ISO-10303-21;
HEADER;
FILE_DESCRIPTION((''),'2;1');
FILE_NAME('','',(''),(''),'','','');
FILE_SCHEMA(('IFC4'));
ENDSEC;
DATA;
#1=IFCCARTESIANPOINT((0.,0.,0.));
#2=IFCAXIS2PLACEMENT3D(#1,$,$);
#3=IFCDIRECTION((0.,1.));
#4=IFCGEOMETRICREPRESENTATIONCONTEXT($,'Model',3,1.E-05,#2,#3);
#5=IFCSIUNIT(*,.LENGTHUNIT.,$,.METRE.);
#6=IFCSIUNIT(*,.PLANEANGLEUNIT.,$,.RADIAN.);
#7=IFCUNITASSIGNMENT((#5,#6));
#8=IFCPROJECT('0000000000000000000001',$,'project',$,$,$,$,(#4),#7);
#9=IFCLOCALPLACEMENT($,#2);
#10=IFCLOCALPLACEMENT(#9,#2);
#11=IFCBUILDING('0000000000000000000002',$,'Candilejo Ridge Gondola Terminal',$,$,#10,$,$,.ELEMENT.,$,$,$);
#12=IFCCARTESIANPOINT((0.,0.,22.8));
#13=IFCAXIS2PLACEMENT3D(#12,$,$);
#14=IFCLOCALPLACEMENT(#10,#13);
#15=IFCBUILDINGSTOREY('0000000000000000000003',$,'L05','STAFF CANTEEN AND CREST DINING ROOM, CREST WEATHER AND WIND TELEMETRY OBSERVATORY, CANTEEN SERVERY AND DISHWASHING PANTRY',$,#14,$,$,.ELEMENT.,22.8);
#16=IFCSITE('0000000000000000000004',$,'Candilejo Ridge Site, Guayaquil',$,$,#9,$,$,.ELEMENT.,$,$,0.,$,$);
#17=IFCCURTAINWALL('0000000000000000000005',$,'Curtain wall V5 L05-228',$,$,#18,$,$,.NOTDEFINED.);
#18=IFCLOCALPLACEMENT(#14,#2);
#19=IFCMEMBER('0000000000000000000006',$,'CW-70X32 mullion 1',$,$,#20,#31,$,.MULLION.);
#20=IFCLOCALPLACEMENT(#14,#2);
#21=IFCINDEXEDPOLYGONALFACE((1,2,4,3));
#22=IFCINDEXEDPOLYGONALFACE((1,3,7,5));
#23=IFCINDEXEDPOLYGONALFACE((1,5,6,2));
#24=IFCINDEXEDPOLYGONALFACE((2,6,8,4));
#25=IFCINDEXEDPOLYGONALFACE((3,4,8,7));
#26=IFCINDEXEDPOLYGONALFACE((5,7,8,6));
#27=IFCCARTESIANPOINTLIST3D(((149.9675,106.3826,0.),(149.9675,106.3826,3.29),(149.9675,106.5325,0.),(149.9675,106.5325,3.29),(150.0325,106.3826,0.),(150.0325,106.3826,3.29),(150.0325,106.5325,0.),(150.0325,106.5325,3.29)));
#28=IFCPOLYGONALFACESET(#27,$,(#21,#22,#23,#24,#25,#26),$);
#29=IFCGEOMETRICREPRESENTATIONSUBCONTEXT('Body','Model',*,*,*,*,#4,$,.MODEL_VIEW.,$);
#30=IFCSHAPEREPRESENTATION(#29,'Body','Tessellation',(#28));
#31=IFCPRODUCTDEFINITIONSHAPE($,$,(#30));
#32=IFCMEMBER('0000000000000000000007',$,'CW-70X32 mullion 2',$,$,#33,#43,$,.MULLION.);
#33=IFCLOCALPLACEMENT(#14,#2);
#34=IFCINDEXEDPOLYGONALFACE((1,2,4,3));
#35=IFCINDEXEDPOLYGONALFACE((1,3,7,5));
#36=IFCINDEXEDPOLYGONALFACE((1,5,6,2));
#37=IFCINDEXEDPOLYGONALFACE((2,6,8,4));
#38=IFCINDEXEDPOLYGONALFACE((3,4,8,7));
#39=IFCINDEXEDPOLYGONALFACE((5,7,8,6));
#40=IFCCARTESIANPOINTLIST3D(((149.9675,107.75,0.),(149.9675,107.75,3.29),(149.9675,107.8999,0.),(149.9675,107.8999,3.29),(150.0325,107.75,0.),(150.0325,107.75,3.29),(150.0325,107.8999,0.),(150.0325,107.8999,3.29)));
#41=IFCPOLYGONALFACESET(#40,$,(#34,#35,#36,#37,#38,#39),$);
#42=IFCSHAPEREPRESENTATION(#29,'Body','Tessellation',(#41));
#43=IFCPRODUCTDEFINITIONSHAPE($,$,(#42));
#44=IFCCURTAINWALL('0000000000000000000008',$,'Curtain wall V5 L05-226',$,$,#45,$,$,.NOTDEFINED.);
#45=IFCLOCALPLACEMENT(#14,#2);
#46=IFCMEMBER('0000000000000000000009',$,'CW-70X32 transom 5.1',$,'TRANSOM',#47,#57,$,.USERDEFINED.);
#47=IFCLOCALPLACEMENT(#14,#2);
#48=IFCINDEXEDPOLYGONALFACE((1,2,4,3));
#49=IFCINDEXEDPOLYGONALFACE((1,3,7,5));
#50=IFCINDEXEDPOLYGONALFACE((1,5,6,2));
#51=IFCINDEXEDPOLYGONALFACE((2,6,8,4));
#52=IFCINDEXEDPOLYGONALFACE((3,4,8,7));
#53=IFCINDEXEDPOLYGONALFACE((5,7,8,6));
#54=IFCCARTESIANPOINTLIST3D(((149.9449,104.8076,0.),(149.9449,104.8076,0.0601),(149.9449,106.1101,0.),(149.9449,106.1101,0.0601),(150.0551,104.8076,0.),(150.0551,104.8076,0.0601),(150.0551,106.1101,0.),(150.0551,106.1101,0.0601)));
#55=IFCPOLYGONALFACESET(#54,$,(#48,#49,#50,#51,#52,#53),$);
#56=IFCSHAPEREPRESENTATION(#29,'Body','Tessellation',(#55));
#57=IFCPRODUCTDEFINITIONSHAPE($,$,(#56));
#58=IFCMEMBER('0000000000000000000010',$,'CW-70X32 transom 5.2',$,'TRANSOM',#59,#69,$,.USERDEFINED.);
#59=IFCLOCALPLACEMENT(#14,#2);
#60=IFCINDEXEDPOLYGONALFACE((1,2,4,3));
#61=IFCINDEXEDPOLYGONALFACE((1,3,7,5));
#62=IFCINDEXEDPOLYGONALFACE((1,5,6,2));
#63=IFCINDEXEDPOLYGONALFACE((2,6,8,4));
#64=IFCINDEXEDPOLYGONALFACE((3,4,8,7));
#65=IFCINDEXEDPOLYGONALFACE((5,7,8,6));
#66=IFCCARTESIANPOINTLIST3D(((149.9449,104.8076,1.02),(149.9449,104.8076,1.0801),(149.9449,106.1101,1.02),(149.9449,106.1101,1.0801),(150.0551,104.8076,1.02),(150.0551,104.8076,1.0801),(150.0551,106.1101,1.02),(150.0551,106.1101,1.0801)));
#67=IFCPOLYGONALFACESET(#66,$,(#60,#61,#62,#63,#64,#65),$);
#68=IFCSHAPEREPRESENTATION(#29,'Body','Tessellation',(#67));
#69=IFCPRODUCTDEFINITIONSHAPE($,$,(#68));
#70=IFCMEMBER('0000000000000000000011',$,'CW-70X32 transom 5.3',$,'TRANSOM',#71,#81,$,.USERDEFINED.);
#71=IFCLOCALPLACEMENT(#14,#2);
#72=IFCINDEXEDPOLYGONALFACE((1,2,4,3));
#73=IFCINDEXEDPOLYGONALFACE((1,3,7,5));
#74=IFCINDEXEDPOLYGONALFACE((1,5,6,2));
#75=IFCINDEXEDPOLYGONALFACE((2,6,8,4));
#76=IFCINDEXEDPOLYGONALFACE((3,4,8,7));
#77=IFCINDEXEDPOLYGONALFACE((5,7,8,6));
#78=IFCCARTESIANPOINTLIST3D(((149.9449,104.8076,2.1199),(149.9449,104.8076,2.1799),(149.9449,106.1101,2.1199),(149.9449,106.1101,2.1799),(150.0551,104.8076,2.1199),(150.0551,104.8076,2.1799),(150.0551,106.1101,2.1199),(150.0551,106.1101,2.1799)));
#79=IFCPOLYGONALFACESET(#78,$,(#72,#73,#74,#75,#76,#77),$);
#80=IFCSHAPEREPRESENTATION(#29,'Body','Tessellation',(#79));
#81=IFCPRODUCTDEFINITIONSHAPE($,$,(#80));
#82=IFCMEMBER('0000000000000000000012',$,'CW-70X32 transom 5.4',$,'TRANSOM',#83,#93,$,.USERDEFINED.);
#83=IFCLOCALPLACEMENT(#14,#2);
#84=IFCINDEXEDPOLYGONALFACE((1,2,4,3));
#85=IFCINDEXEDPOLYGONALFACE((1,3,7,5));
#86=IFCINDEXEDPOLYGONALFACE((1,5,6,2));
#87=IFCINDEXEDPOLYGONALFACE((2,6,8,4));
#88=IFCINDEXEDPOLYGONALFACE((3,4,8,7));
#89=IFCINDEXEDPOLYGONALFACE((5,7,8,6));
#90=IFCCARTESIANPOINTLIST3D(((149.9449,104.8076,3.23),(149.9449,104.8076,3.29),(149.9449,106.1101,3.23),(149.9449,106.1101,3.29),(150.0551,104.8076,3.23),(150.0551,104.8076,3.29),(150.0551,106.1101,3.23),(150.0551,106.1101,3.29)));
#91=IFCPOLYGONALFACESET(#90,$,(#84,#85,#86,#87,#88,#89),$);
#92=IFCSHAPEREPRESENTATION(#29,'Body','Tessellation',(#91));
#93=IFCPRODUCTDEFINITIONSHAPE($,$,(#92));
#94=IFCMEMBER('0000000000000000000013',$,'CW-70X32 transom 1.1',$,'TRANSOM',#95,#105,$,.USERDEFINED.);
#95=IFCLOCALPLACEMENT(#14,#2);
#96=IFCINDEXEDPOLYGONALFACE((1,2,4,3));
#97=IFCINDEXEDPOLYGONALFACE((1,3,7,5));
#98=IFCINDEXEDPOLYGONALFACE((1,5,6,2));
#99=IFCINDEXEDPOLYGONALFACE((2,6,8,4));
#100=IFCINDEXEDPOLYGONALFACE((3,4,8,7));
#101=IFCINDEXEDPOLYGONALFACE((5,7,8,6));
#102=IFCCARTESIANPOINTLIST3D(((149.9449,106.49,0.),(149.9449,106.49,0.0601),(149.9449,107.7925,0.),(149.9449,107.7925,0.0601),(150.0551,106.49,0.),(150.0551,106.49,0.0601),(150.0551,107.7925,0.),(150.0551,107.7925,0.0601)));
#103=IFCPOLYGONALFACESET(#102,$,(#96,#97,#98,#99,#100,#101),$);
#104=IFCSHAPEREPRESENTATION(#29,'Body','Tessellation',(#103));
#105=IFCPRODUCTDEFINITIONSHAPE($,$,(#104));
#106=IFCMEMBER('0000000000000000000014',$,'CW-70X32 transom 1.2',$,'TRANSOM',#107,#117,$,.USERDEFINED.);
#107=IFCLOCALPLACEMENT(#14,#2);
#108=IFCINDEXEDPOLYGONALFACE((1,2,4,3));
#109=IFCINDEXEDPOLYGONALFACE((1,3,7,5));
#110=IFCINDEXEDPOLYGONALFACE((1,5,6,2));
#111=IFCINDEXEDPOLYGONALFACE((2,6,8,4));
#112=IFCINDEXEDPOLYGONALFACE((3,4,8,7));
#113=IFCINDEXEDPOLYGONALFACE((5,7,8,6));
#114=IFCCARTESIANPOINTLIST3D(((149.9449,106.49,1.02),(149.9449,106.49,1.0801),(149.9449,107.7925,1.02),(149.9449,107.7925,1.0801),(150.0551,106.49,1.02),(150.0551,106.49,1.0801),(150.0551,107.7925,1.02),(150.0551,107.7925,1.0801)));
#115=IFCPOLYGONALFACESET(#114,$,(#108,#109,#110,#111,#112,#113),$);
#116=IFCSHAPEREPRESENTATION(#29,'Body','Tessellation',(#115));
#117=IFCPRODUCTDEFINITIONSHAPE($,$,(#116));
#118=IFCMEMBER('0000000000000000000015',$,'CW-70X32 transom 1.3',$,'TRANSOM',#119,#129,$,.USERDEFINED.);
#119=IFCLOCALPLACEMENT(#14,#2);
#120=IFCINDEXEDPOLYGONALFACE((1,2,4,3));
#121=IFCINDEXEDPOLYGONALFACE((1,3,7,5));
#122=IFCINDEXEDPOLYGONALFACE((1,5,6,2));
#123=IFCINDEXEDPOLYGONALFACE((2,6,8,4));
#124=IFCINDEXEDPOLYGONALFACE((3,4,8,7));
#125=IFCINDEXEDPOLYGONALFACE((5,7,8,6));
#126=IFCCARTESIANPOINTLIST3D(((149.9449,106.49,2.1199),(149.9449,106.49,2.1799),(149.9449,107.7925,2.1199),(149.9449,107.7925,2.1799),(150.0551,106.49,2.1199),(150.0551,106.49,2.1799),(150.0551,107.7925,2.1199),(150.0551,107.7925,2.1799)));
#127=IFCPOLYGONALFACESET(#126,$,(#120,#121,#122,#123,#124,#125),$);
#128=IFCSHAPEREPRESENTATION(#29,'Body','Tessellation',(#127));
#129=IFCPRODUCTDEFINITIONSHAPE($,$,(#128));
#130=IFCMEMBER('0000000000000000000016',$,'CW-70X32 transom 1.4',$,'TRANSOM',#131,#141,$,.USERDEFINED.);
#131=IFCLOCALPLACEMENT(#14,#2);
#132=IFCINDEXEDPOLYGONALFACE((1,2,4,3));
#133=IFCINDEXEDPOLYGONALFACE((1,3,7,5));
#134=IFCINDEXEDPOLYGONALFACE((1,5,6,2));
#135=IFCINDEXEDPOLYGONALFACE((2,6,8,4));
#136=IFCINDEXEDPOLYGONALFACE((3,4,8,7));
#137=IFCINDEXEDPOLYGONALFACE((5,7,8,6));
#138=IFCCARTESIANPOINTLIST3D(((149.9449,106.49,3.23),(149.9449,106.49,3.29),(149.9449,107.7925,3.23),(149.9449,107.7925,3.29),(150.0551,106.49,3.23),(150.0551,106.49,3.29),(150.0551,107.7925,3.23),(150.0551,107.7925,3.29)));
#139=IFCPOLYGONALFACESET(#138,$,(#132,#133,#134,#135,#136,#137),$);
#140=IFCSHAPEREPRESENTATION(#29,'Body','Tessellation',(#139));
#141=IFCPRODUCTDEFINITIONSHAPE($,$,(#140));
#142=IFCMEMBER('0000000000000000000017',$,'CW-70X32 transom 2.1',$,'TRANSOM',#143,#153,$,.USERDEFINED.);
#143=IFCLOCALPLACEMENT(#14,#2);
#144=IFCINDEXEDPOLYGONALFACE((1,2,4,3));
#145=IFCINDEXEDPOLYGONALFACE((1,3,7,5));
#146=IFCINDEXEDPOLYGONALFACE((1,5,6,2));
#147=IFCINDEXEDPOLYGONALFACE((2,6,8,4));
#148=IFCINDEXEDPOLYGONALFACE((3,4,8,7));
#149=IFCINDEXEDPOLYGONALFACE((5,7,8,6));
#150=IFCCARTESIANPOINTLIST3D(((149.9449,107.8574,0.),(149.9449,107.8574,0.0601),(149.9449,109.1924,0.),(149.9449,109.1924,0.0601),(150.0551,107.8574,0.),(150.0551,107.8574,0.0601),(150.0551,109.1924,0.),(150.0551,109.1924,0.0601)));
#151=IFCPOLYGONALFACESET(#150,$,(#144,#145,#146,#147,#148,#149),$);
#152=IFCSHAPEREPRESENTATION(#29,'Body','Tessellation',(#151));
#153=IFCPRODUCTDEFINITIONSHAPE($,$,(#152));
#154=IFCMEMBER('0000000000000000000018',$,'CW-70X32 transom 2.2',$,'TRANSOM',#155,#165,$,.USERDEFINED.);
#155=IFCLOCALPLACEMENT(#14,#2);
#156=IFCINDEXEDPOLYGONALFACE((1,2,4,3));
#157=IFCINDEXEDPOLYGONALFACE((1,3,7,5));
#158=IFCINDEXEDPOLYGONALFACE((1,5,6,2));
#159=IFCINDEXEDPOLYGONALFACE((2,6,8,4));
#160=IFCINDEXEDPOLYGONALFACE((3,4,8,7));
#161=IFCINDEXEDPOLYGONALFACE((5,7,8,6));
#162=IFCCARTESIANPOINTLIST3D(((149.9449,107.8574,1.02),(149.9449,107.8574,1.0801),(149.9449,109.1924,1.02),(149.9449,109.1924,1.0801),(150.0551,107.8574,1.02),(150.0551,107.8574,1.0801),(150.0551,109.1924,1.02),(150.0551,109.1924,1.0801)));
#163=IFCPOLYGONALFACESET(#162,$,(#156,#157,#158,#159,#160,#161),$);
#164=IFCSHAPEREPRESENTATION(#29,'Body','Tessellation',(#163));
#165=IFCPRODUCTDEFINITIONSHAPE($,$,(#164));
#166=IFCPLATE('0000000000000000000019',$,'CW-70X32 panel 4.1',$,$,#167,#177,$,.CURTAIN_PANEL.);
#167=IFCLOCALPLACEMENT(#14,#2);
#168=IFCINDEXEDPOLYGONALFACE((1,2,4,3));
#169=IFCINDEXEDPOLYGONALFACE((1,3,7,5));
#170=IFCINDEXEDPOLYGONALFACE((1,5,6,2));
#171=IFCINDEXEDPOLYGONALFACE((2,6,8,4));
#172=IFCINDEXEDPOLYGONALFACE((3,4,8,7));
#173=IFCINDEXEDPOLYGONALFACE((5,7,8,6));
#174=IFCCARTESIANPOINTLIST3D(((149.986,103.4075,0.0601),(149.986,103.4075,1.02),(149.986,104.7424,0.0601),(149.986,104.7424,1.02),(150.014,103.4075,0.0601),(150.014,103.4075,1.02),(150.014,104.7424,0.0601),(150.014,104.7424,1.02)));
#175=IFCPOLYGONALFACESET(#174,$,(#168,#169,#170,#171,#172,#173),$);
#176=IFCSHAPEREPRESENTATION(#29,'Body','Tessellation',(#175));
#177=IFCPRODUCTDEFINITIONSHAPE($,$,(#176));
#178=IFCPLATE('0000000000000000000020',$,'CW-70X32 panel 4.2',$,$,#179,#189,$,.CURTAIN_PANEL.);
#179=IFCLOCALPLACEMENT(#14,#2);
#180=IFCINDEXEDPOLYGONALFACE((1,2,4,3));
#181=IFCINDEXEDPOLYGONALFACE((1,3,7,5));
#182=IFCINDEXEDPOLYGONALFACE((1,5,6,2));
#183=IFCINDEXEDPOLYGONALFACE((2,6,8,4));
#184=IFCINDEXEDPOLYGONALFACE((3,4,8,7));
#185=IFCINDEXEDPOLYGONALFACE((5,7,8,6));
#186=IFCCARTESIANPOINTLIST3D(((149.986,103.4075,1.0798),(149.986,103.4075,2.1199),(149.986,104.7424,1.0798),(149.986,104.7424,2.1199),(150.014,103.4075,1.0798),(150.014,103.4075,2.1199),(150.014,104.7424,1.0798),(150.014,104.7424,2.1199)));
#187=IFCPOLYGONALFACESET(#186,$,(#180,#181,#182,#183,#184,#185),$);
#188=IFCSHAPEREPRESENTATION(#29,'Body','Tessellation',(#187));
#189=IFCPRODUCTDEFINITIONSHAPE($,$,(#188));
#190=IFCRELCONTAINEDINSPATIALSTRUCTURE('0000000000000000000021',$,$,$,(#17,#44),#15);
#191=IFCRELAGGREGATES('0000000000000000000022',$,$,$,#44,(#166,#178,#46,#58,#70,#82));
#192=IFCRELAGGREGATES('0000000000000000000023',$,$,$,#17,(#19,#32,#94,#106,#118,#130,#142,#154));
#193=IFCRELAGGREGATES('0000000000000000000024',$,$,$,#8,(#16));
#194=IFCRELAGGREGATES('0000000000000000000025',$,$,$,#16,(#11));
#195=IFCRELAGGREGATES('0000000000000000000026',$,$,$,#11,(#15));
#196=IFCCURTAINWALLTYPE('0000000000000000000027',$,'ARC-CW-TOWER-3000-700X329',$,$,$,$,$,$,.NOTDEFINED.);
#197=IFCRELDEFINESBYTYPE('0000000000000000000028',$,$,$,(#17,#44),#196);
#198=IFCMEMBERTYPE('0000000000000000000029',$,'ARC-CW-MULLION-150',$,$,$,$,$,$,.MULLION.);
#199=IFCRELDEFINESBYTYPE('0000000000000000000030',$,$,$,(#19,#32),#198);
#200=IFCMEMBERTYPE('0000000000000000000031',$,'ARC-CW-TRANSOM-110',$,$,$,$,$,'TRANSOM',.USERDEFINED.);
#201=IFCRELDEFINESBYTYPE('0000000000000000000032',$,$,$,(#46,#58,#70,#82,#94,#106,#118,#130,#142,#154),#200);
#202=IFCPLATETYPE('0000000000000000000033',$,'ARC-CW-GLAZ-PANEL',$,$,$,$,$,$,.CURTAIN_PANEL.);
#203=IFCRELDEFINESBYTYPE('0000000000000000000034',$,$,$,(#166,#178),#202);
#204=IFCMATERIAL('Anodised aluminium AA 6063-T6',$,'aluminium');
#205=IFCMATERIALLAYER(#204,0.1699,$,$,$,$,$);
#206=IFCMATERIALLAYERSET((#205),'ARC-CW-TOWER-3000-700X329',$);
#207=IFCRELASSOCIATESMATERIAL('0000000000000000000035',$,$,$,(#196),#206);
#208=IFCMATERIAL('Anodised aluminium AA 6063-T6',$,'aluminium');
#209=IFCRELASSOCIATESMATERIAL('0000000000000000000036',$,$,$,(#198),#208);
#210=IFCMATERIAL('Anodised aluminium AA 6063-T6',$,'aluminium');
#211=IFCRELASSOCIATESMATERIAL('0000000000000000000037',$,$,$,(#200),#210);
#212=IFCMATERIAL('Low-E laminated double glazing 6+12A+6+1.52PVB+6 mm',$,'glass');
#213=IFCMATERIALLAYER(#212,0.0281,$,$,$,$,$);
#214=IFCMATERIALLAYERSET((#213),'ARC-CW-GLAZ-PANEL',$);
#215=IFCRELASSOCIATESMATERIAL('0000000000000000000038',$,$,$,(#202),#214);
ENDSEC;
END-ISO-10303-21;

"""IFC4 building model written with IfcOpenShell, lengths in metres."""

from ifc_helpers import new_model, si_unit, direction, frame, origin, origin_2d, place, context, subcontext, project, spatial, rectangle, extrude, material, layer, layer_set, material_profile, profile_set, type_object, element, aggregate, save


model = new_model("IFC4")

# Units and contexts
model_context = context("Model", 3, precision=1e-05, world=origin(), true_north=direction((0.0, 1.0)))
body_context = subcontext(model_context, "Body", "Model", "MODEL_VIEW")
ifc_project = project(units=[si_unit("LENGTHUNIT", "METRE"), si_unit("PLANEANGLEUNIT", "RADIAN")], contexts=[model_context])

# Site, building, storey
site_placement = place(None, origin())
site = spatial("IfcSite", under=ifc_project, at=site_placement, Name="Candilejo Ridge Site, Guayaquil", CompositionType="ELEMENT", RefElevation=0.0)
building_placement = place(site_placement, origin())
building = spatial("IfcBuilding", under=site, at=building_placement, Name="Candilejo Ridge Gondola Terminal", CompositionType="ELEMENT")
storey_placement = place(building_placement, frame((0.0, 0.0, 22.8)))
storey = spatial("IfcBuildingStorey", under=building, at=storey_placement, Name="L05", Description="STAFF CANTEEN AND CREST DINING ROOM, CREST WEATHER AND WIND TELEMETRY OBSERVATORY, CANTEEN SERVERY AND DISHWASHING PANTRY", CompositionType="ELEMENT", Elevation=22.8)

# Curtain walls, members
ifc_material_1 = material(Name="Anodised aluminium AA 6063-T6", Category="aluminium")
ifc_layer_1 = layer(ifc_material_1, 0.1699)
ifc_layer_set_1 = layer_set([ifc_layer_1], Name="ARC-CW-TOWER-3000-700X329")
curtain_wall_type = type_object("IfcCurtainWallType", Name="ARC-CW-TOWER-3000-700X329", PredefinedType="NOTDEFINED", material=ifc_layer_set_1)
curtain_wall_1_placement = place(storey_placement, origin())
curtain_wall_1 = element("IfcCurtainWall", 1, at=curtain_wall_1_placement, inside=storey, type_object=curtain_wall_type, Name="Curtain wall V5 L05-228", PredefinedType="NOTDEFINED")
ifc_material_2 = material(Name="Anodised aluminium AA 6063-T6", Category="aluminium")
ifc_material_profile_1 = material_profile(ifc_material_2, rectangle(XDim=0.0649, YDim=0.1499, at=origin_2d()))
ifc_profile_set_1 = profile_set([ifc_material_profile_1], Name="Anodised aluminium AA 6063-T6")
member_type_1 = type_object("IfcMemberType", Name="ARC-CW-MULLION-150", PredefinedType="MULLION", material=ifc_profile_set_1)
member_1_placement = place(storey_placement, frame((150.0, 106.4575, 0.0), z_axis=(0.0, 0.0, 1.0), x_axis=(-1.0, 0.0, 0.0)))
member_1 = element("IfcMember", 2, at=member_1_placement, type_object=member_type_1, Name="CW-70X32 mullion 1", PredefinedType="MULLION", context=body_context, shape_type="SweptSolid", body=[
    extrude(rectangle(XDim=0.0649, YDim=0.1499, at=origin_2d()), origin(), (0.0, 0.0, 1.0), 3.29),
])
member_2_placement = place(storey_placement, frame((150.0, 107.825, 0.0), z_axis=(0.0, 0.0, 1.0), x_axis=(-1.0, 0.0, 0.0)))
member_2 = element("IfcMember", 3, at=member_2_placement, type_object=member_type_1, Name="CW-70X32 mullion 2", PredefinedType="MULLION", context=body_context, shape_type="SweptSolid", body=[
    extrude(rectangle(XDim=0.0649, YDim=0.1499, at=origin_2d()), origin(), (0.0, 0.0, 1.0), 3.29),
])
curtain_wall_2_placement = place(storey_placement, origin())
curtain_wall_2 = element("IfcCurtainWall", 4, at=curtain_wall_2_placement, inside=storey, type_object=curtain_wall_type, Name="Curtain wall V5 L05-226", PredefinedType="NOTDEFINED")
ifc_material_3 = material(Name="Anodised aluminium AA 6063-T6", Category="aluminium")
ifc_material_profile_2 = material_profile(ifc_material_3, rectangle(XDim=0.1101, YDim=0.0601, at=origin_2d()))
ifc_profile_set_2 = profile_set([ifc_material_profile_2], Name="Anodised aluminium AA 6063-T6")
member_type_2 = type_object("IfcMemberType", Name="ARC-CW-TRANSOM-110", ElementType="TRANSOM", PredefinedType="USERDEFINED", material=ifc_profile_set_2)
member_3_placement = place(storey_placement, frame((150.0, 104.8076, 0.03), z_axis=(0.0, 1.0, 0.0), x_axis=(-1.0, 0.0, 0.0)))
member_3 = element("IfcMember", 5, at=member_3_placement, type_object=member_type_2, Name="CW-70X32 transom 5.1", ObjectType="TRANSOM", PredefinedType="USERDEFINED", context=body_context, shape_type="SweptSolid", body=[
    extrude(rectangle(XDim=0.1101, YDim=0.0601, at=origin_2d()), origin(), (0.0, 0.0, 1.0), 1.3025),
])
member_4_placement = place(storey_placement, frame((150.0, 104.8076, 1.05), z_axis=(0.0, 1.0, 0.0), x_axis=(-1.0, 0.0, 0.0)))
member_4 = element("IfcMember", 6, at=member_4_placement, type_object=member_type_2, Name="CW-70X32 transom 5.2", ObjectType="TRANSOM", PredefinedType="USERDEFINED", context=body_context, shape_type="SweptSolid", body=[
    extrude(rectangle(XDim=0.1101, YDim=0.0601, at=origin_2d()), origin(), (0.0, 0.0, 1.0), 1.3025),
])
member_5_placement = place(storey_placement, frame((150.0, 104.8076, 2.1499), z_axis=(0.0, 1.0, 0.0), x_axis=(-1.0, 0.0, 0.0)))
member_5 = element("IfcMember", 7, at=member_5_placement, type_object=member_type_2, Name="CW-70X32 transom 5.3", ObjectType="TRANSOM", PredefinedType="USERDEFINED", context=body_context, shape_type="SweptSolid", body=[
    extrude(rectangle(XDim=0.1101, YDim=0.0601, at=origin_2d()), origin(), (0.0, 0.0, 1.0), 1.3025),
])
member_6_placement = place(storey_placement, frame((150.0, 104.8076, 3.26), z_axis=(0.0, 1.0, 0.0), x_axis=(-1.0, 0.0, 0.0)))
member_6 = element("IfcMember", 8, at=member_6_placement, type_object=member_type_2, Name="CW-70X32 transom 5.4", ObjectType="TRANSOM", PredefinedType="USERDEFINED", context=body_context, shape_type="SweptSolid", body=[
    extrude(rectangle(XDim=0.1101, YDim=0.0601, at=origin_2d()), origin(), (0.0, 0.0, 1.0), 1.3025),
])

# Members
member_7_placement = place(storey_placement, frame((150.0, 106.49, 0.03), z_axis=(0.0, 1.0, 0.0), x_axis=(-1.0, 0.0, 0.0)))
member_7 = element("IfcMember", 9, at=member_7_placement, type_object=member_type_2, Name="CW-70X32 transom 1.1", ObjectType="TRANSOM", PredefinedType="USERDEFINED", context=body_context, shape_type="SweptSolid", body=[
    extrude(rectangle(XDim=0.1101, YDim=0.0601, at=origin_2d()), origin(), (0.0, 0.0, 1.0), 1.3025),
])
member_8_placement = place(storey_placement, frame((150.0, 106.49, 1.05), z_axis=(0.0, 1.0, 0.0), x_axis=(-1.0, 0.0, 0.0)))
member_8 = element("IfcMember", 10, at=member_8_placement, type_object=member_type_2, Name="CW-70X32 transom 1.2", ObjectType="TRANSOM", PredefinedType="USERDEFINED", context=body_context, shape_type="SweptSolid", body=[
    extrude(rectangle(XDim=0.1101, YDim=0.0601, at=origin_2d()), origin(), (0.0, 0.0, 1.0), 1.3025),
])
member_9_placement = place(storey_placement, frame((150.0, 106.49, 2.1499), z_axis=(0.0, 1.0, 0.0), x_axis=(-1.0, 0.0, 0.0)))
member_9 = element("IfcMember", 11, at=member_9_placement, type_object=member_type_2, Name="CW-70X32 transom 1.3", ObjectType="TRANSOM", PredefinedType="USERDEFINED", context=body_context, shape_type="SweptSolid", body=[
    extrude(rectangle(XDim=0.1101, YDim=0.0601, at=origin_2d()), origin(), (0.0, 0.0, 1.0), 1.3025),
])
member_10_placement = place(storey_placement, frame((150.0, 106.49, 3.26), z_axis=(0.0, 1.0, 0.0), x_axis=(-1.0, 0.0, 0.0)))
member_10 = element("IfcMember", 12, at=member_10_placement, type_object=member_type_2, Name="CW-70X32 transom 1.4", ObjectType="TRANSOM", PredefinedType="USERDEFINED", context=body_context, shape_type="SweptSolid", body=[
    extrude(rectangle(XDim=0.1101, YDim=0.0601, at=origin_2d()), origin(), (0.0, 0.0, 1.0), 1.3025),
])
member_11_placement = place(storey_placement, frame((150.0, 107.8574, 0.03), z_axis=(0.0, 1.0, 0.0), x_axis=(-1.0, 0.0, 0.0)))
member_11 = element("IfcMember", 13, at=member_11_placement, type_object=member_type_2, Name="CW-70X32 transom 2.1", ObjectType="TRANSOM", PredefinedType="USERDEFINED", context=body_context, shape_type="SweptSolid", body=[
    extrude(rectangle(XDim=0.1101, YDim=0.0601, at=origin_2d()), origin(), (0.0, 0.0, 1.0), 1.335),
])
member_12_placement = place(storey_placement, frame((150.0, 107.8574, 1.05), z_axis=(0.0, 1.0, 0.0), x_axis=(-1.0, 0.0, 0.0)))
member_12 = element("IfcMember", 14, at=member_12_placement, type_object=member_type_2, Name="CW-70X32 transom 2.2", ObjectType="TRANSOM", PredefinedType="USERDEFINED", context=body_context, shape_type="SweptSolid", body=[
    extrude(rectangle(XDim=0.1101, YDim=0.0601, at=origin_2d()), origin(), (0.0, 0.0, 1.0), 1.335),
])

# Plates
ifc_material_4 = material(Name="Low-E laminated double glazing 6+12A+6+1.52PVB+6 mm", Category="glass")
ifc_layer_2 = layer(ifc_material_4, 0.0281)
ifc_layer_set_2 = layer_set([ifc_layer_2], Name="ARC-CW-GLAZ-PANEL")
plate_type = type_object("IfcPlateType", Name="ARC-CW-GLAZ-PANEL", PredefinedType="CURTAIN_PANEL", material=ifc_layer_set_2)
plate_1_placement = place(storey_placement, frame((150.0, 104.075, 0.0601), z_axis=(0.0, 0.0, 1.0), x_axis=(0.0, 1.0, 0.0)))
plate_1 = element("IfcPlate", 15, at=plate_1_placement, type_object=plate_type, Name="CW-70X32 panel 4.1", PredefinedType="CURTAIN_PANEL", context=body_context, shape_type="SweptSolid", body=[
    extrude(rectangle(XDim=1.335, YDim=0.0281, at=origin_2d()), origin(), (0.0, 0.0, 1.0), 0.96),
])
plate_2_placement = place(storey_placement, frame((150.0, 104.075, 1.0798), z_axis=(0.0, 0.0, 1.0), x_axis=(0.0, 1.0, 0.0)))
plate_2 = element("IfcPlate", 16, at=plate_2_placement, type_object=plate_type, Name="CW-70X32 panel 4.2", PredefinedType="CURTAIN_PANEL", context=body_context, shape_type="SweptSolid", body=[
    extrude(rectangle(XDim=1.335, YDim=0.0281, at=origin_2d()), origin(), (0.0, 0.0, 1.0), 1.04),
])
aggregate(curtain_wall_2, [plate_1, plate_2, member_3, member_4, member_5, member_6])
aggregate(curtain_wall_1, [member_1, member_2, member_7, member_8, member_9, member_10, member_11, member_12])

save(model, "model.ifc")
